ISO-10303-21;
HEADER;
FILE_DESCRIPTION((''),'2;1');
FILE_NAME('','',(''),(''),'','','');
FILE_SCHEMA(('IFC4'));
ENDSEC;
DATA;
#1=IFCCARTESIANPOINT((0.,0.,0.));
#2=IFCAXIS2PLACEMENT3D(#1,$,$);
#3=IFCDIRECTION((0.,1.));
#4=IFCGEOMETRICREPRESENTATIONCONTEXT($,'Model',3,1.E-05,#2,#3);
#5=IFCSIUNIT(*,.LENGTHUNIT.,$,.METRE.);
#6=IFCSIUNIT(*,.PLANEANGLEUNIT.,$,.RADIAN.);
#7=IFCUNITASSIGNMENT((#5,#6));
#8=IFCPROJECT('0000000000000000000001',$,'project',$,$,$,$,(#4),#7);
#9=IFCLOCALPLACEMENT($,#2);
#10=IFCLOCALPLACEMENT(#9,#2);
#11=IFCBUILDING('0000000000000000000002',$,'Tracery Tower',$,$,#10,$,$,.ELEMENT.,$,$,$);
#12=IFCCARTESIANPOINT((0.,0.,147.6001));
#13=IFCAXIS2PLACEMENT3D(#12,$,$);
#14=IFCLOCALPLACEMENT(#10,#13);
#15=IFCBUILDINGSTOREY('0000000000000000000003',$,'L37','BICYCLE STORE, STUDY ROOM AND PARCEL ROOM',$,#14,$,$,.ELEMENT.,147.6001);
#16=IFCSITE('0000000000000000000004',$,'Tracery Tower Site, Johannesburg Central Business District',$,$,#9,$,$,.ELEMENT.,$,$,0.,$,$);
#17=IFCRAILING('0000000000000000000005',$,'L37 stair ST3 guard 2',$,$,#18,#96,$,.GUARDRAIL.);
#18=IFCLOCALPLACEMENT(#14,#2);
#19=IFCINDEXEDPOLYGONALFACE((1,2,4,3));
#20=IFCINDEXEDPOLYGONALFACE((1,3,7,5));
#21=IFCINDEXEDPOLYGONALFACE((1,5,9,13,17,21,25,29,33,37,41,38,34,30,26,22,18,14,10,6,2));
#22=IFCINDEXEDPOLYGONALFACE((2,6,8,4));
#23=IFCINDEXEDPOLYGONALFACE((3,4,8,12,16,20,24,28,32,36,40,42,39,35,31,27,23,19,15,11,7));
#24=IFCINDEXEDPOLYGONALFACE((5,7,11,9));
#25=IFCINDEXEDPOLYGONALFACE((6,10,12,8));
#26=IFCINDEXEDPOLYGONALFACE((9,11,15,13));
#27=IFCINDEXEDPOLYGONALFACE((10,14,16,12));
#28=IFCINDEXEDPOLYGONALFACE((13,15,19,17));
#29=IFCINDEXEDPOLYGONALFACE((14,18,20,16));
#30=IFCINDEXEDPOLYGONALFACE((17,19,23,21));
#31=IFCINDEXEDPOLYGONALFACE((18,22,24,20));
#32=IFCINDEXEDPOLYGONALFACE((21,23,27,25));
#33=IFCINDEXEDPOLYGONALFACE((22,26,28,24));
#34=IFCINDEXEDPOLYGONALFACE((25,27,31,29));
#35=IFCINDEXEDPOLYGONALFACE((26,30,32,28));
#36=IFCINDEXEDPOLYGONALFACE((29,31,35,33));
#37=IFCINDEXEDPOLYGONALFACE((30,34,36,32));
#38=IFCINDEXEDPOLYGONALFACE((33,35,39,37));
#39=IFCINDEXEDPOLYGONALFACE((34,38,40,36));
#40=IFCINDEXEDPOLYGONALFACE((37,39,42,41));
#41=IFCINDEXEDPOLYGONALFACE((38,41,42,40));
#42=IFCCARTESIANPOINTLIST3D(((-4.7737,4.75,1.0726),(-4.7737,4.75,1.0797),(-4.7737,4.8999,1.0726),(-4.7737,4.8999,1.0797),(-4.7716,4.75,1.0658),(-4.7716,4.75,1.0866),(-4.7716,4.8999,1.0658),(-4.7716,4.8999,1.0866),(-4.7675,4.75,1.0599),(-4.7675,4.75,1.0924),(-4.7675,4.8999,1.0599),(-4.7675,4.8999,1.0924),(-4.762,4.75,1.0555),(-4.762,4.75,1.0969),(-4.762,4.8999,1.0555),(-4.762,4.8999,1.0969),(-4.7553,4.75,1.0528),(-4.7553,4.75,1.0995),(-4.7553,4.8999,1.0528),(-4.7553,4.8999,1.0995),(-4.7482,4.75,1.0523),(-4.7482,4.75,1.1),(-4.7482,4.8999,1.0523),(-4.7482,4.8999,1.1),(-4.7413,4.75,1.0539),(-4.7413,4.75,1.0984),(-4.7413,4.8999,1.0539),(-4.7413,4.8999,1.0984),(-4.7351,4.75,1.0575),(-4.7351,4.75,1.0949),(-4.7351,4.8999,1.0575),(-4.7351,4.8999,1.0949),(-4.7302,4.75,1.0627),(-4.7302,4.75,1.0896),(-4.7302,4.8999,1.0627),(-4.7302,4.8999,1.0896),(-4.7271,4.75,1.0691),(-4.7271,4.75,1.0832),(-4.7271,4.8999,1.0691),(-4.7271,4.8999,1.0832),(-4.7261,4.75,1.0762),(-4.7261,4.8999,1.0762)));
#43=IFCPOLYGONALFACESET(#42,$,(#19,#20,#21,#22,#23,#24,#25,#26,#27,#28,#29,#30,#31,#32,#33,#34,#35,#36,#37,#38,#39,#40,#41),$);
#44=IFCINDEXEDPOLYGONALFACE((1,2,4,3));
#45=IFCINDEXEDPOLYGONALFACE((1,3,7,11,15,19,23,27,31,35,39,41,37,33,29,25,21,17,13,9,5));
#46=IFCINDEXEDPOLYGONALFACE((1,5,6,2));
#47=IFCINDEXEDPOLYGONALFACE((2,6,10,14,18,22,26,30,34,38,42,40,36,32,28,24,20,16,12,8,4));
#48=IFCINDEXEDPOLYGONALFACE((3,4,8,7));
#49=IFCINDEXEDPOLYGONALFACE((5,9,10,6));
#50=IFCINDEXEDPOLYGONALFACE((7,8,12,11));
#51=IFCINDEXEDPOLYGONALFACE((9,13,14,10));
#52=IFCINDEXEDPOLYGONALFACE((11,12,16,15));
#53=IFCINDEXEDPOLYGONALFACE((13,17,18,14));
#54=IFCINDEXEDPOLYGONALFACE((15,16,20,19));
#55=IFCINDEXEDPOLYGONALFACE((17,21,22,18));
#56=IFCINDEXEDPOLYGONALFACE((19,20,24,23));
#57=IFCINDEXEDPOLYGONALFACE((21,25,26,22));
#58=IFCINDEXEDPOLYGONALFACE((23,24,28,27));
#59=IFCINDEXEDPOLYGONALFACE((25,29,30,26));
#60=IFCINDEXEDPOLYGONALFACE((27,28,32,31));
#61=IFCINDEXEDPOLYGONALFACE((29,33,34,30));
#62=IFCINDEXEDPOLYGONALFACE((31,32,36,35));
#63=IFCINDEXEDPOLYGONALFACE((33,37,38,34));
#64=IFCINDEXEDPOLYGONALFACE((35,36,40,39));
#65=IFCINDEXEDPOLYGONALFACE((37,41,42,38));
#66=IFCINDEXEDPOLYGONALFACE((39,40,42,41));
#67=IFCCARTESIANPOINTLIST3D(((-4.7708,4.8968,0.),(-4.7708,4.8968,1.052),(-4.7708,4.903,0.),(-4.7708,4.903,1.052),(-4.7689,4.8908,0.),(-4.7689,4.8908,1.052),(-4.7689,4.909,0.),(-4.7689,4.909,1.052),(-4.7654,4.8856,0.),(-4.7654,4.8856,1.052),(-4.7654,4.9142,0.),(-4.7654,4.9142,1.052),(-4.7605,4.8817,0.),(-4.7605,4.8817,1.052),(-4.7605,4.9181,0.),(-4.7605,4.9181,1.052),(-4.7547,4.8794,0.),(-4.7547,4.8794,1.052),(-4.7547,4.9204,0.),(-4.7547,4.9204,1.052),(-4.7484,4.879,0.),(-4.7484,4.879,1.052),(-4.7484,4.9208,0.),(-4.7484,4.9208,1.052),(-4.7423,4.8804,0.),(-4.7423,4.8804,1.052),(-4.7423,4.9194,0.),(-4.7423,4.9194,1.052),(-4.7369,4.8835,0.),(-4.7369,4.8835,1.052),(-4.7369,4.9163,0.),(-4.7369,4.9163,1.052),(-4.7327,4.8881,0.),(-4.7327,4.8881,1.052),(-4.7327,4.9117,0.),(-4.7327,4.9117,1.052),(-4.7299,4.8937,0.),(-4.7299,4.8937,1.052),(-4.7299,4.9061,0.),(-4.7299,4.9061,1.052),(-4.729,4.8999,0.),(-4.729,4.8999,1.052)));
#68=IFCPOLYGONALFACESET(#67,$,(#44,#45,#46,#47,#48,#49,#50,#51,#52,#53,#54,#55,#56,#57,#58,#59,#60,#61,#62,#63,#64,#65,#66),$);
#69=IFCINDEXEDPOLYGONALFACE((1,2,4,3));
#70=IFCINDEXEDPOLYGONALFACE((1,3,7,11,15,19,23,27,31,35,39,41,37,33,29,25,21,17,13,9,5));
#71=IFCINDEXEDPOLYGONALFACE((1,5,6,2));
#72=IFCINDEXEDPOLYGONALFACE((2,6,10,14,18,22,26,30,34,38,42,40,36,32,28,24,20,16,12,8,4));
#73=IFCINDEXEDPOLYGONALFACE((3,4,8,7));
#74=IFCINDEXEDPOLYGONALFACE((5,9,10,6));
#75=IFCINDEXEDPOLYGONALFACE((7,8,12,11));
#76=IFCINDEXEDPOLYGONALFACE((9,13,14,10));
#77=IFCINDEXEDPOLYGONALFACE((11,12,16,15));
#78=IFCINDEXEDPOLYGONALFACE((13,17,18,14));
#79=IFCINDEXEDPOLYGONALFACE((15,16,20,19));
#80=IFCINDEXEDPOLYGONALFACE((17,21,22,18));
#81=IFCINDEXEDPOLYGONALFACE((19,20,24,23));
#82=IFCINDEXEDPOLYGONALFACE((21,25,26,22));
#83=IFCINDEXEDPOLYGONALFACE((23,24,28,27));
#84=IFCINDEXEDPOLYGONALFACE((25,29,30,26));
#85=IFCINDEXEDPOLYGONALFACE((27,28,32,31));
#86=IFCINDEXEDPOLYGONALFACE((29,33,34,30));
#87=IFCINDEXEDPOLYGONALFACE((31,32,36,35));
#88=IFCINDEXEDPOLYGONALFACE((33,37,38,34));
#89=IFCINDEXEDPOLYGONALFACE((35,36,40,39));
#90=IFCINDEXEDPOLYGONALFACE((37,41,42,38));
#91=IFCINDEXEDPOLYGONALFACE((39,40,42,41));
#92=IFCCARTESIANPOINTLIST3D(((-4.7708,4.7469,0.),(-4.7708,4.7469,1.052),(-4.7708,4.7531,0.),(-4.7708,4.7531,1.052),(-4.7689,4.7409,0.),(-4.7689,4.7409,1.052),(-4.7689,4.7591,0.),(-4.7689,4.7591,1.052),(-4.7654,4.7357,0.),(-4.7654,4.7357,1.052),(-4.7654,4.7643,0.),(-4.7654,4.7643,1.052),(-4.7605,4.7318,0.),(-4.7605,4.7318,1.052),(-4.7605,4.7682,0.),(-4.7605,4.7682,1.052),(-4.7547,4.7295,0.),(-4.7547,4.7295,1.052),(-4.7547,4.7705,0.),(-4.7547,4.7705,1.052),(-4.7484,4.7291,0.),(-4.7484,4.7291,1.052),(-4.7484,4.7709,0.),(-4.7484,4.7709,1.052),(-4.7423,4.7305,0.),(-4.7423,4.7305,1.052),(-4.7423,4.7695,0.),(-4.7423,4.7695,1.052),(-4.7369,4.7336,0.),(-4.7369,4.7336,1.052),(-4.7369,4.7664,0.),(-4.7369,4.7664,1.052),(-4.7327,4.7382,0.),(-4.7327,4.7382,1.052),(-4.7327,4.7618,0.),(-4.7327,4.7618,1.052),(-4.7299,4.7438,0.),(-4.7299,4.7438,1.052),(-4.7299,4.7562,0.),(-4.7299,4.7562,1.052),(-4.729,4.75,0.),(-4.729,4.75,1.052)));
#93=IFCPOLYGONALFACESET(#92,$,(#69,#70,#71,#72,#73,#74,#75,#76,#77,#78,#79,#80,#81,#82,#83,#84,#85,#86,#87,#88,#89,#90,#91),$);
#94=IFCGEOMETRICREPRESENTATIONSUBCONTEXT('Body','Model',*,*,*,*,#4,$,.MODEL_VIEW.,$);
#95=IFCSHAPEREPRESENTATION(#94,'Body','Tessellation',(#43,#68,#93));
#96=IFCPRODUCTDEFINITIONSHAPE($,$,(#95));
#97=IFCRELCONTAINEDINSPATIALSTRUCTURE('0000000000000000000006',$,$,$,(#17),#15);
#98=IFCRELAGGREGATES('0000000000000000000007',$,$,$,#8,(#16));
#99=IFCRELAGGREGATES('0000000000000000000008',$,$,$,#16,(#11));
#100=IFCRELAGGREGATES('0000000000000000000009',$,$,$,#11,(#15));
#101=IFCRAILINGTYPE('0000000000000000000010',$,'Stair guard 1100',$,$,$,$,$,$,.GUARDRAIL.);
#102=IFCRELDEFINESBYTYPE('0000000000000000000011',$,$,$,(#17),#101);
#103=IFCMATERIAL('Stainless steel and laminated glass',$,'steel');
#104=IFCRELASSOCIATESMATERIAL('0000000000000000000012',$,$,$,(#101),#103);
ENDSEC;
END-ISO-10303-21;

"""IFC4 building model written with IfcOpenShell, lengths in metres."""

from ifc_helpers import new_model, si_unit, direction, frame, origin, origin_2d, place, context, subcontext, project, spatial, circle, extrude, material, type_object, element, save


model = new_model("IFC4")

# Units and contexts
model_context = context("Model", 3, precision=1e-05, world=origin(), true_north=direction((0.0, 1.0)))
body_context = subcontext(model_context, "Body", "Model", "MODEL_VIEW")
ifc_project = project(units=[si_unit("LENGTHUNIT", "METRE"), si_unit("PLANEANGLEUNIT", "RADIAN")], contexts=[model_context])

# Site, building, storey
site_placement = place(None, origin())
site = spatial("IfcSite", under=ifc_project, at=site_placement, Name="Tracery Tower Site, Johannesburg Central Business District", CompositionType="ELEMENT", RefElevation=0.0)
building_placement = place(site_placement, origin())
building = spatial("IfcBuilding", under=site, at=building_placement, Name="Tracery Tower", CompositionType="ELEMENT")
storey_placement = place(building_placement, frame((0.0, 0.0, 147.6001)))
storey = spatial("IfcBuildingStorey", under=building, at=storey_placement, Name="L37", Description="BICYCLE STORE, STUDY ROOM AND PARCEL ROOM", CompositionType="ELEMENT", Elevation=147.6001)

# Railing
ifc_material_1 = material(Name="Stainless steel and laminated glass", Category="steel")
railing_type_1 = type_object("IfcRailingType", Name="Stair guard 1100", PredefinedType="GUARDRAIL", material=ifc_material_1)
railing_1_placement = place(storey_placement, frame((-4.75, 4.8999, 0.0)))
element("IfcRailing", 1, at=railing_1_placement, inside=storey, type_object=railing_type_1, Name="L37 stair ST3 guard 2", PredefinedType="GUARDRAIL", context=body_context, shape_type="SweptSolid", body=[
    extrude(circle(Radius=0.0239, at=origin_2d()), frame((0.0, 0.0, 1.0762), z_axis=(0.0, -1.0, 0.0), x_axis=(1.0, 0.0, 0.0)), (0.0, 0.0, 1.0), 0.1499),
    extrude(circle(Radius=0.021, at=origin_2d()), origin(), (0.0, 0.0, 1.0), 1.052),
    extrude(circle(Radius=0.021, at=origin_2d()), frame((0.0, -0.1499, 0.0)), (0.0, 0.0, 1.0), 1.052),
])

save(model, "model.ifc")
